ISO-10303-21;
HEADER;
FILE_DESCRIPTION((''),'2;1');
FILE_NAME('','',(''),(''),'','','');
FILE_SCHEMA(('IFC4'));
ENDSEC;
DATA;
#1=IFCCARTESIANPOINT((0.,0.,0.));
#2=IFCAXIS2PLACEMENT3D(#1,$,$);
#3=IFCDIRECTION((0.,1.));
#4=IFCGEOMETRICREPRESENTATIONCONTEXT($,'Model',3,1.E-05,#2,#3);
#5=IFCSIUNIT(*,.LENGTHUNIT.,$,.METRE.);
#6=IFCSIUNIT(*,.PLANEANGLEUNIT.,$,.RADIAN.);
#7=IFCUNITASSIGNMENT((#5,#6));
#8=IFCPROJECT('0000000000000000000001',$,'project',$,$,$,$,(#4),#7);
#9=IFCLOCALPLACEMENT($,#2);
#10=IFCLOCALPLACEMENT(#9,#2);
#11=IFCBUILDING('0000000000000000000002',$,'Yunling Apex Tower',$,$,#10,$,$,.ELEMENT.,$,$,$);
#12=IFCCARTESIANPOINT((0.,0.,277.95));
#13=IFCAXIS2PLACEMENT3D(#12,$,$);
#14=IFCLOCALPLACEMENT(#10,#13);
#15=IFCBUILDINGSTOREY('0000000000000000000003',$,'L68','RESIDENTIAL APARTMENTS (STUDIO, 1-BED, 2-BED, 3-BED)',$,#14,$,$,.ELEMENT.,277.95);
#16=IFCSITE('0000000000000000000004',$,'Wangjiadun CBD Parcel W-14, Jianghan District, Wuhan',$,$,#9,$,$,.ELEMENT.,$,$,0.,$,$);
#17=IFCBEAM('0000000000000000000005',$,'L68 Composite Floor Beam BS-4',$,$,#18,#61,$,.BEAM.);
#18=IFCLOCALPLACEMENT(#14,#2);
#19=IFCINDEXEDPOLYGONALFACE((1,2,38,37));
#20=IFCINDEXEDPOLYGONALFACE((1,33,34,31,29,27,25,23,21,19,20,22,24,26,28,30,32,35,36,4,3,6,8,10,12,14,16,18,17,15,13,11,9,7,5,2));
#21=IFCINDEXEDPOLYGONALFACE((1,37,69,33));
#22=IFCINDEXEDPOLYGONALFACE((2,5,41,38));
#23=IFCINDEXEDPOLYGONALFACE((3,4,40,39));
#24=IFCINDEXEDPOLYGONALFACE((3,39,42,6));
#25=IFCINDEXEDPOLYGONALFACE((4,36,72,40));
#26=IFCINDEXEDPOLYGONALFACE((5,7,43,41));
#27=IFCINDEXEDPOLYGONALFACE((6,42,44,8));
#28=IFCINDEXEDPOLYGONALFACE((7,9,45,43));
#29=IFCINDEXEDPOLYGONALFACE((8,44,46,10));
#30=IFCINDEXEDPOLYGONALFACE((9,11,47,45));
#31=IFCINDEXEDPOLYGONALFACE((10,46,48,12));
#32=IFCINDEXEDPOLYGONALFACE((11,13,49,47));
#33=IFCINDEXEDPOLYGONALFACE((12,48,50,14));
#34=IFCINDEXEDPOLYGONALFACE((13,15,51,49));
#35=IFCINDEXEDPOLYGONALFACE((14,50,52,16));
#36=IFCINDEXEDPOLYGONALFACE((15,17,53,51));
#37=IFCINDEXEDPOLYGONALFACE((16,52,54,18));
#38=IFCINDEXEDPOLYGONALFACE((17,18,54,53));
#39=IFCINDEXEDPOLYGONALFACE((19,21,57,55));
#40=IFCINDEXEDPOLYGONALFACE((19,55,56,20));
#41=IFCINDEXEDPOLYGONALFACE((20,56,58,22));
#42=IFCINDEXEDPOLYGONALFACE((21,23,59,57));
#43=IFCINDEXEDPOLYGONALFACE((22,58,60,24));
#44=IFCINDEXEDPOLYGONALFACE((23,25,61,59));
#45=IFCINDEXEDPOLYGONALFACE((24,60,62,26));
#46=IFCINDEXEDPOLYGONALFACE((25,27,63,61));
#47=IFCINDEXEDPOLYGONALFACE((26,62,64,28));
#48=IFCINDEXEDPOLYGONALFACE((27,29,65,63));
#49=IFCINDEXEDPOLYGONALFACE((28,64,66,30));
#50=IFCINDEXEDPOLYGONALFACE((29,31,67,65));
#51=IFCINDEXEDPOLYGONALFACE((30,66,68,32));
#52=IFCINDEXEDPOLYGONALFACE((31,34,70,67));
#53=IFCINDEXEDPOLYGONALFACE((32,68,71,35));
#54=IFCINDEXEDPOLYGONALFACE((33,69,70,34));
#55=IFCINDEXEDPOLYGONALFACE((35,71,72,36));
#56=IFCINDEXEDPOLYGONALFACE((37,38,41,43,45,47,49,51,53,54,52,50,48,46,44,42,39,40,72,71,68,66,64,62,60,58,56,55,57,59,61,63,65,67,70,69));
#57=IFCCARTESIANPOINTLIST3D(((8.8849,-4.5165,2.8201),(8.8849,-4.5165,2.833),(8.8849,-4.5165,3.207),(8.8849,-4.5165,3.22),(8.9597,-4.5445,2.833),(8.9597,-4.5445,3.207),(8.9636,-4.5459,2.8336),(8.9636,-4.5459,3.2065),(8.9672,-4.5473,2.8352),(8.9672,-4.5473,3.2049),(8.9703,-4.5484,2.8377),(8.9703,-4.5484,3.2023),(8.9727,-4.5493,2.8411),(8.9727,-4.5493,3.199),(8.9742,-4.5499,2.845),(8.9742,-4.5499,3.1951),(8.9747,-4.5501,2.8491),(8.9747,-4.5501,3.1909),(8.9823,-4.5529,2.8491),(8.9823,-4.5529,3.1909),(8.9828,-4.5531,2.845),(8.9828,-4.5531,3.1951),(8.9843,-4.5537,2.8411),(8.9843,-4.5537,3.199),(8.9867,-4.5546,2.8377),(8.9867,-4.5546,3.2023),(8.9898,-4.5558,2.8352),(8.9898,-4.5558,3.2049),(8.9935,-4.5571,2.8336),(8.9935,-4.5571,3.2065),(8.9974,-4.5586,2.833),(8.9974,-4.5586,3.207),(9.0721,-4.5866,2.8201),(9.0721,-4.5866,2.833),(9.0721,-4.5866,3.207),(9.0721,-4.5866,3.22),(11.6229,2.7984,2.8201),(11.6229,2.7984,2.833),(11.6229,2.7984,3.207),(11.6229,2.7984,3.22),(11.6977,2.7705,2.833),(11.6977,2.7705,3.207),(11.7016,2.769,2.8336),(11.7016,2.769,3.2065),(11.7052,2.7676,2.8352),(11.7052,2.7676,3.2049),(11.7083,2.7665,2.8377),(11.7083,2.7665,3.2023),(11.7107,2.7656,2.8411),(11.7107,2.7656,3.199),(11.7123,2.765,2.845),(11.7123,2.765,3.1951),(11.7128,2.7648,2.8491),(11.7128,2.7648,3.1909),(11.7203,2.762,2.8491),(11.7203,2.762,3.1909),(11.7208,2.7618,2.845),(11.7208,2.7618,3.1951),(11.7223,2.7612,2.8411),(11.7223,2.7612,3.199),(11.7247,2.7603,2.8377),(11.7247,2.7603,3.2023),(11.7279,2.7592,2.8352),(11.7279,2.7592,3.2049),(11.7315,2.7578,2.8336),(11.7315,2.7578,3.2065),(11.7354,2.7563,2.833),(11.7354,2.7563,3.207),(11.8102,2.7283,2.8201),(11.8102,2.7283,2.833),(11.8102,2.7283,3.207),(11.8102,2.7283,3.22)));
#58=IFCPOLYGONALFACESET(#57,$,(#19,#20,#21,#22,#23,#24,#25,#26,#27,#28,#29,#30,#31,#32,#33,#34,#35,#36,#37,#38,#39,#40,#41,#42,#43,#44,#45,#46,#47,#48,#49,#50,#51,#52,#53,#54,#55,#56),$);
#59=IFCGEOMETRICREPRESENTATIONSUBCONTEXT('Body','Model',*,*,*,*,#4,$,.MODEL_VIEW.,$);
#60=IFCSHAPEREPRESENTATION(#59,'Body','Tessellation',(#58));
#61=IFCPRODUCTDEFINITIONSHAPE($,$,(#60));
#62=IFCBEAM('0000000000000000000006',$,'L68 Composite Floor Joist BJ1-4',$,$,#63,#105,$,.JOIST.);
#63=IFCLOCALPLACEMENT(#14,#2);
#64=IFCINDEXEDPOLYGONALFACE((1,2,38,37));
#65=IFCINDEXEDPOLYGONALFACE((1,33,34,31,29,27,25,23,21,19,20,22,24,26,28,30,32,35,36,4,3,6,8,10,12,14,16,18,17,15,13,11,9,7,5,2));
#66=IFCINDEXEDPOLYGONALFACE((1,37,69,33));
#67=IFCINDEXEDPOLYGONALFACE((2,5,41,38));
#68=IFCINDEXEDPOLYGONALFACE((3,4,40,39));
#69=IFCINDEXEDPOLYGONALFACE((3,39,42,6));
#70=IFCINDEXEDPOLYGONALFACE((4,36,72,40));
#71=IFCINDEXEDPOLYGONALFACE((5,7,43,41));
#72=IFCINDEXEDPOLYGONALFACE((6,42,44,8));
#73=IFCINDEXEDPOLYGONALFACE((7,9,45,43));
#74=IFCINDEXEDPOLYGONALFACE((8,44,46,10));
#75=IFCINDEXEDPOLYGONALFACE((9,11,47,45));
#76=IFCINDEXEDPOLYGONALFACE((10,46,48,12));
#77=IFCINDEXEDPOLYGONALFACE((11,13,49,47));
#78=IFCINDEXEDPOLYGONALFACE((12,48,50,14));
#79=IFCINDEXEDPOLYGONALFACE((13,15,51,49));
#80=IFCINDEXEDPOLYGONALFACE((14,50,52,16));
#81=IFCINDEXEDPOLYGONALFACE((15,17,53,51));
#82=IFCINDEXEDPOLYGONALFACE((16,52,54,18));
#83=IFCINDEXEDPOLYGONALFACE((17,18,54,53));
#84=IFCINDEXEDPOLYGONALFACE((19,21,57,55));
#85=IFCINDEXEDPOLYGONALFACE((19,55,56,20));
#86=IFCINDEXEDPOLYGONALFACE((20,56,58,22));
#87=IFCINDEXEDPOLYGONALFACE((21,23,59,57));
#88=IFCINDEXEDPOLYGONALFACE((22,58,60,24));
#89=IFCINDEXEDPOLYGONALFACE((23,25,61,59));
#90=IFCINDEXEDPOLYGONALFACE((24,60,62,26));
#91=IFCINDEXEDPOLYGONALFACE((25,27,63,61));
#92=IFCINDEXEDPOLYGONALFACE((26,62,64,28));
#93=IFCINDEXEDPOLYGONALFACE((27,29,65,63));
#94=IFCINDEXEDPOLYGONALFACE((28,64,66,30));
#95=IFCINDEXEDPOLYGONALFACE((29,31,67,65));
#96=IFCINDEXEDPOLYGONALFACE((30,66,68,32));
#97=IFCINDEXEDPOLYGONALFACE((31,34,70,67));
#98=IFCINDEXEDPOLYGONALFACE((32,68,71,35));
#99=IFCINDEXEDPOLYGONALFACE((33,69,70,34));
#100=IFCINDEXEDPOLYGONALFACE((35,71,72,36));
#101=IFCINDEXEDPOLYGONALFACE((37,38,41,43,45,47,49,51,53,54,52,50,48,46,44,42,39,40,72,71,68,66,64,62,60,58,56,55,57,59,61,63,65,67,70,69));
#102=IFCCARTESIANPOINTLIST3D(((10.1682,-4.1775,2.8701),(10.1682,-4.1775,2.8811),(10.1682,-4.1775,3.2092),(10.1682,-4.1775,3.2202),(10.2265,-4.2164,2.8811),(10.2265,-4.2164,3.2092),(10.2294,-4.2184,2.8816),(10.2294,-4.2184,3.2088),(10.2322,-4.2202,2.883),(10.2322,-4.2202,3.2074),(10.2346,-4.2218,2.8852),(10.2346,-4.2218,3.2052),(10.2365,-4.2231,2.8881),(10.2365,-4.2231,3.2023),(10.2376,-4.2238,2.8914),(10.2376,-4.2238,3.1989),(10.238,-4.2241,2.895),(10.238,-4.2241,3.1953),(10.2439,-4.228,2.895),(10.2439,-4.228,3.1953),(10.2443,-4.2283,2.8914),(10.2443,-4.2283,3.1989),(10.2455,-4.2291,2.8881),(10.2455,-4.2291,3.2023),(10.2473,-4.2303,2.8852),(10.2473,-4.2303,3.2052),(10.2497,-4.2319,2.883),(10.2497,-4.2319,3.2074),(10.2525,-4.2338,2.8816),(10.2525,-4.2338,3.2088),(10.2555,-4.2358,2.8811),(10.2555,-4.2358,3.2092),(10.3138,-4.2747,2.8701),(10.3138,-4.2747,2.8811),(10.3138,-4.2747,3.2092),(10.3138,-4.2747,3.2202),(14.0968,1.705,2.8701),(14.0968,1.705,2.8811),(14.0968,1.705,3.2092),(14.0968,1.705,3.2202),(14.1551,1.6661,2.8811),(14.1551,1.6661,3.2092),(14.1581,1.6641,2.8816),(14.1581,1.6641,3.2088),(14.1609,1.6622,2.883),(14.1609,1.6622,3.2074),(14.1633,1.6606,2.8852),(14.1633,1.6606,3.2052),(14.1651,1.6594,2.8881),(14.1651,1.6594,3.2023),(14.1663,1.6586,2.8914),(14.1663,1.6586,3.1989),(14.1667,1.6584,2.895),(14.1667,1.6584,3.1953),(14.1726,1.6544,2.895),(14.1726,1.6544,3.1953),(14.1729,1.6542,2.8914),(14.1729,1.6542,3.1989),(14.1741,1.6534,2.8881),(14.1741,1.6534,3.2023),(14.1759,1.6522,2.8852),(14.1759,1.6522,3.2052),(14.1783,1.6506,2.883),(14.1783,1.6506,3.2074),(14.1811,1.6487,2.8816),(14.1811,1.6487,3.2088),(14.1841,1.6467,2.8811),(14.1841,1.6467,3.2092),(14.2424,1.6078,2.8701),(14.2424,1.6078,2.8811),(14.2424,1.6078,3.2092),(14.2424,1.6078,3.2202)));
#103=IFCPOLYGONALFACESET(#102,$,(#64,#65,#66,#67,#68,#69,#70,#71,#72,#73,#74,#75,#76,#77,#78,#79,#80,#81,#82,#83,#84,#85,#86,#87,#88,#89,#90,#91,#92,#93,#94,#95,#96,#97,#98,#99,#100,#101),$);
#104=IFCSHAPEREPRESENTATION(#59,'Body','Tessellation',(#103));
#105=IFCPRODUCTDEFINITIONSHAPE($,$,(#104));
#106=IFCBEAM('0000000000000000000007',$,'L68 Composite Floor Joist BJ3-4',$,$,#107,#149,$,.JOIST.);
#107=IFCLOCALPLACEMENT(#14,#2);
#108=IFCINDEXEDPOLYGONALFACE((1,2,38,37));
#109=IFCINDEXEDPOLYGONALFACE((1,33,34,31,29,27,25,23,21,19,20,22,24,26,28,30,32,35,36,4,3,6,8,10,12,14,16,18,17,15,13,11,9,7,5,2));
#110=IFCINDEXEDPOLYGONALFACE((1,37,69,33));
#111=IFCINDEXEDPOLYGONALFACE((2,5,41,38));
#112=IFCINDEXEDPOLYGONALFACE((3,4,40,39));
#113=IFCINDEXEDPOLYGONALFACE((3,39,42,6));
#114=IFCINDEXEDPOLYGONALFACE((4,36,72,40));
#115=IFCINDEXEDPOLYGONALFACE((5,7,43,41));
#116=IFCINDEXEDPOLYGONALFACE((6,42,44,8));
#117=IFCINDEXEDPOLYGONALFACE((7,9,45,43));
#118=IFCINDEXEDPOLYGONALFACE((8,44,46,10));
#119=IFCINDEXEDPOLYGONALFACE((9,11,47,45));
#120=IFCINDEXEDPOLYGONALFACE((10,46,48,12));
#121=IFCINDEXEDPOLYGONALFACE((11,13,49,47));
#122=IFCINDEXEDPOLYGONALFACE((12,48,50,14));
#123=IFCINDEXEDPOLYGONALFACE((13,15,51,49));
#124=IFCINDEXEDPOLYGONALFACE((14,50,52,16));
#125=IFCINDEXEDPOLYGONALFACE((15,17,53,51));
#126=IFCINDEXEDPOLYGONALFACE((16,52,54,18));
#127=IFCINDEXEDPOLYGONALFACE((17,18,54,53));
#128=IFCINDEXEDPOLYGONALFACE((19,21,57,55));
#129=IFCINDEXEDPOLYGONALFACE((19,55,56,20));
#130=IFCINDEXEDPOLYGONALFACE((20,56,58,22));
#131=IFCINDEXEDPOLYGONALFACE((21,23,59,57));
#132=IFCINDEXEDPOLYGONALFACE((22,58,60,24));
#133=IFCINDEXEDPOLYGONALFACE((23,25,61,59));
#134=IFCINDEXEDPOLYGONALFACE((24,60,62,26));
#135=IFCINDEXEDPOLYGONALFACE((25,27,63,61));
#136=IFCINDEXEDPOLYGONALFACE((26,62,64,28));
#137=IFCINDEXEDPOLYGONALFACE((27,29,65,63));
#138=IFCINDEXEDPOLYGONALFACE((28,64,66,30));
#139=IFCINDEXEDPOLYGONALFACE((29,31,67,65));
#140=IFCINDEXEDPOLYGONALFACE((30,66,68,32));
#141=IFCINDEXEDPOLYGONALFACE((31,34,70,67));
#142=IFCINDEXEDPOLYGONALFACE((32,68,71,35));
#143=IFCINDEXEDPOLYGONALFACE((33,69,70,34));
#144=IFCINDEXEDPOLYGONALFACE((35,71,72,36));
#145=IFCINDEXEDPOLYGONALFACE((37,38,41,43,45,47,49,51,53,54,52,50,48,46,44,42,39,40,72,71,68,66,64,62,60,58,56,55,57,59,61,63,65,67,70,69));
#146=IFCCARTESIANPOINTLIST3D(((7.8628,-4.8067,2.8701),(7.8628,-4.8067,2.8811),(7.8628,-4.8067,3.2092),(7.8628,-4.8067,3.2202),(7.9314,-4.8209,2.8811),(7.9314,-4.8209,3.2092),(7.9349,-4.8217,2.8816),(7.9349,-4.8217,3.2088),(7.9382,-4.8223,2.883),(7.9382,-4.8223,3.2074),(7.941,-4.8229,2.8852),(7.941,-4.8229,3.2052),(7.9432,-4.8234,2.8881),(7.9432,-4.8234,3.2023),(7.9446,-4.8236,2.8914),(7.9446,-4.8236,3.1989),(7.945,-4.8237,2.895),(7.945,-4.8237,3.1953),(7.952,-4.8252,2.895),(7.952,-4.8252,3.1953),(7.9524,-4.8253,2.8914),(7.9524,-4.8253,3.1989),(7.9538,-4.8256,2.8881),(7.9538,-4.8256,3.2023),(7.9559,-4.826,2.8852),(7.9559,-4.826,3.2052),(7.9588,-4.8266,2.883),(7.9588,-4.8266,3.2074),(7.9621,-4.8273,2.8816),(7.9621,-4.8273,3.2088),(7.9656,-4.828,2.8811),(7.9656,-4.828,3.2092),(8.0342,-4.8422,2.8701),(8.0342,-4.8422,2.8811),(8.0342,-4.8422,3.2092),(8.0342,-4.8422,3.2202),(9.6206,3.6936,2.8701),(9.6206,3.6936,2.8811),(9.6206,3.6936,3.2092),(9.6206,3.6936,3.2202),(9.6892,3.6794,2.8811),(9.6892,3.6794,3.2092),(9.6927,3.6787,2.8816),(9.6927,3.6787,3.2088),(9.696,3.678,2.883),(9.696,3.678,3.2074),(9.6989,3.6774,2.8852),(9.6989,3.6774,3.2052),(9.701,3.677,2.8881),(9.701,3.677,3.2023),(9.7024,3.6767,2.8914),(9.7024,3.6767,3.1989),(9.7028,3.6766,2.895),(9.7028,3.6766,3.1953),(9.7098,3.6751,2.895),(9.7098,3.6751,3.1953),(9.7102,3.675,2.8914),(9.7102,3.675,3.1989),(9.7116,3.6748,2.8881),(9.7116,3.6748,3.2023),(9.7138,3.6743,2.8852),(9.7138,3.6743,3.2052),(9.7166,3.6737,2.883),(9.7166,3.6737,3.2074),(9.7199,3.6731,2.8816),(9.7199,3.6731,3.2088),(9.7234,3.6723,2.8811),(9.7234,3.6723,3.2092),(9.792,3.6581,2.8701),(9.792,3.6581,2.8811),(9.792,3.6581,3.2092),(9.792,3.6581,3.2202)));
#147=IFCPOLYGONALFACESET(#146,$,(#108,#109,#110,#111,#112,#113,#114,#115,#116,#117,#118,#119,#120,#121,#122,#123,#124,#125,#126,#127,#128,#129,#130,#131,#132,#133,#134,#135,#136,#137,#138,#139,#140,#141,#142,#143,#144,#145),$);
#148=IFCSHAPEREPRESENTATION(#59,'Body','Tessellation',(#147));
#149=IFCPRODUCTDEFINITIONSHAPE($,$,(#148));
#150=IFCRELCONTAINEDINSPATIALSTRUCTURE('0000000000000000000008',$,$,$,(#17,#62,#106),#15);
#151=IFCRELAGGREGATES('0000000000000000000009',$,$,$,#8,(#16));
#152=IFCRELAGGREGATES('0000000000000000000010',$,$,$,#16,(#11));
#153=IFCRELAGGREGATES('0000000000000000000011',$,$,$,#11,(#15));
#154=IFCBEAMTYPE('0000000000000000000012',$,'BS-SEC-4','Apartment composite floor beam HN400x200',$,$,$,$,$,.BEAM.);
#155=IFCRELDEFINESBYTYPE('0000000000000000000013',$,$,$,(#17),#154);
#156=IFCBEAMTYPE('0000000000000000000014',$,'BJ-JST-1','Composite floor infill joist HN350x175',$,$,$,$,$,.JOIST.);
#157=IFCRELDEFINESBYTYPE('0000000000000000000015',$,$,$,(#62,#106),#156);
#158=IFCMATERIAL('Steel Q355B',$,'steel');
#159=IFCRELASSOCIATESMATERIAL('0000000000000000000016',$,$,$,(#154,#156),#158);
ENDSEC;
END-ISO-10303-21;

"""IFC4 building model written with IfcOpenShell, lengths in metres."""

from ifc_helpers import new_model, si_unit, direction, frame, origin, origin_2d, place, context, subcontext, project, spatial, i_section, extrude, source, transform, mapped, material, material_profile, profile_set, type_object, element, save


model = new_model("IFC4")

# Units and contexts
model_context = context("Model", 3, precision=1e-05, world=origin(), true_north=direction((0.0, 1.0)))
body_context = subcontext(model_context, "Body", "Model", "MODEL_VIEW")
ifc_project = project(units=[si_unit("LENGTHUNIT", "METRE"), si_unit("PLANEANGLEUNIT", "RADIAN")], contexts=[model_context])

# Site, building, storey
site_placement = place(None, origin())
site = spatial("IfcSite", under=ifc_project, at=site_placement, Name="Wangjiadun CBD Parcel W-14, Jianghan District, Wuhan", CompositionType="ELEMENT", RefElevation=0.0)
building_placement = place(site_placement, origin())
building = spatial("IfcBuilding", under=site, at=building_placement, Name="Yunling Apex Tower", CompositionType="ELEMENT")
storey_placement = place(building_placement, frame((0.0, 0.0, 277.95)))
storey = spatial("IfcBuildingStorey", under=building, at=storey_placement, Name="L68", Description="RESIDENTIAL APARTMENTS (STUDIO, 1-BED, 2-BED, 3-BED)", CompositionType="ELEMENT", Elevation=277.95)

# Shared definitions
ifc_material_1 = material(Name="Steel Q355B", Category="steel")

# Beams
ifc_material_profile_1 = material_profile(ifc_material_1, i_section(OverallWidth=0.2, OverallDepth=0.3999, WebThickness=0.0081, FlangeThickness=0.0129, FilletRadius=0.0161, at=origin_2d()))
ifc_profile_set_1 = profile_set([ifc_material_profile_1], Name="Steel Q355B")
beam_type_1 = type_object("IfcBeamType", Name="BS-SEC-4", Description="Apartment composite floor beam HN400x200", PredefinedType="BEAM", material=ifc_profile_set_1)
shared_shape_1 = source(origin(), body_context, "Body", "SweptSolid", [
    extrude(i_section(OverallWidth=0.2, OverallDepth=0.3999, WebThickness=0.0081, FlangeThickness=0.0129, FilletRadius=0.0161, at=origin_2d()), origin(), (0.0, 0.0, 1.0), 7.8105),
])
beam_1_placement = place(storey_placement, frame((8.9785, -4.5515, 3.02), z_axis=(0.350555, 0.936542, 0.0), x_axis=(-0.936542, 0.350555, 0.0)))
element("IfcBeam", 1, at=beam_1_placement, inside=storey, type_object=beam_type_1, Name="L68 Composite Floor Beam BS-4", PredefinedType="BEAM", context=body_context, shape_type="MappedRepresentation", body=[
    mapped(shared_shape_1, transform((0.0, 0.0, 0.0), scale=1.0)),
])
ifc_material_profile_2 = material_profile(ifc_material_1, i_section(OverallWidth=0.175, OverallDepth=0.3501, WebThickness=0.0071, FlangeThickness=0.011, FilletRadius=0.0139, at=origin_2d()))
ifc_profile_set_2 = profile_set([ifc_material_profile_2], Name="Steel Q355B")
beam_type_2 = type_object("IfcBeamType", Name="BJ-JST-1", Description="Composite floor infill joist HN350x175", PredefinedType="JOIST", material=ifc_profile_set_2)
shared_shape_2 = source(origin(), body_context, "Body", "SweptSolid", [
    extrude(i_section(OverallWidth=0.175, OverallDepth=0.3501, WebThickness=0.0071, FlangeThickness=0.011, FilletRadius=0.0139, at=origin_2d()), origin(), (0.0, 0.0, 1.0), 7.0737),
])
beam_2_placement = place(storey_placement, frame((10.241, -4.2261, 3.0452), z_axis=(0.555385, 0.831593, 0.0), x_axis=(-0.831593, 0.555385, 0.0)))
element("IfcBeam", 2, at=beam_2_placement, inside=storey, type_object=beam_type_2, Name="L68 Composite Floor Joist BJ1-4", PredefinedType="JOIST", context=body_context, shape_type="MappedRepresentation", body=[
    mapped(shared_shape_2, transform((0.0, 0.0, 0.0), scale=1.0)),
])
shared_shape_3 = source(origin(), body_context, "Body", "SweptSolid", [
    extrude(i_section(OverallWidth=0.175, OverallDepth=0.3501, WebThickness=0.0071, FlangeThickness=0.011, FilletRadius=0.0139, at=origin_2d()), origin(), (0.0, 0.0, 1.0), 8.6802),
])
beam_3_placement = place(storey_placement, frame((7.9485, -4.8245, 3.0452), z_axis=(0.202511, 0.97928, 0.0), x_axis=(-0.97928, 0.202511, 0.0)))
element("IfcBeam", 3, at=beam_3_placement, inside=storey, type_object=beam_type_2, Name="L68 Composite Floor Joist BJ3-4", PredefinedType="JOIST", context=body_context, shape_type="MappedRepresentation", body=[
    mapped(shared_shape_3, transform((0.0, 0.0, 0.0), scale=1.0)),
])

save(model, "model.ifc")
